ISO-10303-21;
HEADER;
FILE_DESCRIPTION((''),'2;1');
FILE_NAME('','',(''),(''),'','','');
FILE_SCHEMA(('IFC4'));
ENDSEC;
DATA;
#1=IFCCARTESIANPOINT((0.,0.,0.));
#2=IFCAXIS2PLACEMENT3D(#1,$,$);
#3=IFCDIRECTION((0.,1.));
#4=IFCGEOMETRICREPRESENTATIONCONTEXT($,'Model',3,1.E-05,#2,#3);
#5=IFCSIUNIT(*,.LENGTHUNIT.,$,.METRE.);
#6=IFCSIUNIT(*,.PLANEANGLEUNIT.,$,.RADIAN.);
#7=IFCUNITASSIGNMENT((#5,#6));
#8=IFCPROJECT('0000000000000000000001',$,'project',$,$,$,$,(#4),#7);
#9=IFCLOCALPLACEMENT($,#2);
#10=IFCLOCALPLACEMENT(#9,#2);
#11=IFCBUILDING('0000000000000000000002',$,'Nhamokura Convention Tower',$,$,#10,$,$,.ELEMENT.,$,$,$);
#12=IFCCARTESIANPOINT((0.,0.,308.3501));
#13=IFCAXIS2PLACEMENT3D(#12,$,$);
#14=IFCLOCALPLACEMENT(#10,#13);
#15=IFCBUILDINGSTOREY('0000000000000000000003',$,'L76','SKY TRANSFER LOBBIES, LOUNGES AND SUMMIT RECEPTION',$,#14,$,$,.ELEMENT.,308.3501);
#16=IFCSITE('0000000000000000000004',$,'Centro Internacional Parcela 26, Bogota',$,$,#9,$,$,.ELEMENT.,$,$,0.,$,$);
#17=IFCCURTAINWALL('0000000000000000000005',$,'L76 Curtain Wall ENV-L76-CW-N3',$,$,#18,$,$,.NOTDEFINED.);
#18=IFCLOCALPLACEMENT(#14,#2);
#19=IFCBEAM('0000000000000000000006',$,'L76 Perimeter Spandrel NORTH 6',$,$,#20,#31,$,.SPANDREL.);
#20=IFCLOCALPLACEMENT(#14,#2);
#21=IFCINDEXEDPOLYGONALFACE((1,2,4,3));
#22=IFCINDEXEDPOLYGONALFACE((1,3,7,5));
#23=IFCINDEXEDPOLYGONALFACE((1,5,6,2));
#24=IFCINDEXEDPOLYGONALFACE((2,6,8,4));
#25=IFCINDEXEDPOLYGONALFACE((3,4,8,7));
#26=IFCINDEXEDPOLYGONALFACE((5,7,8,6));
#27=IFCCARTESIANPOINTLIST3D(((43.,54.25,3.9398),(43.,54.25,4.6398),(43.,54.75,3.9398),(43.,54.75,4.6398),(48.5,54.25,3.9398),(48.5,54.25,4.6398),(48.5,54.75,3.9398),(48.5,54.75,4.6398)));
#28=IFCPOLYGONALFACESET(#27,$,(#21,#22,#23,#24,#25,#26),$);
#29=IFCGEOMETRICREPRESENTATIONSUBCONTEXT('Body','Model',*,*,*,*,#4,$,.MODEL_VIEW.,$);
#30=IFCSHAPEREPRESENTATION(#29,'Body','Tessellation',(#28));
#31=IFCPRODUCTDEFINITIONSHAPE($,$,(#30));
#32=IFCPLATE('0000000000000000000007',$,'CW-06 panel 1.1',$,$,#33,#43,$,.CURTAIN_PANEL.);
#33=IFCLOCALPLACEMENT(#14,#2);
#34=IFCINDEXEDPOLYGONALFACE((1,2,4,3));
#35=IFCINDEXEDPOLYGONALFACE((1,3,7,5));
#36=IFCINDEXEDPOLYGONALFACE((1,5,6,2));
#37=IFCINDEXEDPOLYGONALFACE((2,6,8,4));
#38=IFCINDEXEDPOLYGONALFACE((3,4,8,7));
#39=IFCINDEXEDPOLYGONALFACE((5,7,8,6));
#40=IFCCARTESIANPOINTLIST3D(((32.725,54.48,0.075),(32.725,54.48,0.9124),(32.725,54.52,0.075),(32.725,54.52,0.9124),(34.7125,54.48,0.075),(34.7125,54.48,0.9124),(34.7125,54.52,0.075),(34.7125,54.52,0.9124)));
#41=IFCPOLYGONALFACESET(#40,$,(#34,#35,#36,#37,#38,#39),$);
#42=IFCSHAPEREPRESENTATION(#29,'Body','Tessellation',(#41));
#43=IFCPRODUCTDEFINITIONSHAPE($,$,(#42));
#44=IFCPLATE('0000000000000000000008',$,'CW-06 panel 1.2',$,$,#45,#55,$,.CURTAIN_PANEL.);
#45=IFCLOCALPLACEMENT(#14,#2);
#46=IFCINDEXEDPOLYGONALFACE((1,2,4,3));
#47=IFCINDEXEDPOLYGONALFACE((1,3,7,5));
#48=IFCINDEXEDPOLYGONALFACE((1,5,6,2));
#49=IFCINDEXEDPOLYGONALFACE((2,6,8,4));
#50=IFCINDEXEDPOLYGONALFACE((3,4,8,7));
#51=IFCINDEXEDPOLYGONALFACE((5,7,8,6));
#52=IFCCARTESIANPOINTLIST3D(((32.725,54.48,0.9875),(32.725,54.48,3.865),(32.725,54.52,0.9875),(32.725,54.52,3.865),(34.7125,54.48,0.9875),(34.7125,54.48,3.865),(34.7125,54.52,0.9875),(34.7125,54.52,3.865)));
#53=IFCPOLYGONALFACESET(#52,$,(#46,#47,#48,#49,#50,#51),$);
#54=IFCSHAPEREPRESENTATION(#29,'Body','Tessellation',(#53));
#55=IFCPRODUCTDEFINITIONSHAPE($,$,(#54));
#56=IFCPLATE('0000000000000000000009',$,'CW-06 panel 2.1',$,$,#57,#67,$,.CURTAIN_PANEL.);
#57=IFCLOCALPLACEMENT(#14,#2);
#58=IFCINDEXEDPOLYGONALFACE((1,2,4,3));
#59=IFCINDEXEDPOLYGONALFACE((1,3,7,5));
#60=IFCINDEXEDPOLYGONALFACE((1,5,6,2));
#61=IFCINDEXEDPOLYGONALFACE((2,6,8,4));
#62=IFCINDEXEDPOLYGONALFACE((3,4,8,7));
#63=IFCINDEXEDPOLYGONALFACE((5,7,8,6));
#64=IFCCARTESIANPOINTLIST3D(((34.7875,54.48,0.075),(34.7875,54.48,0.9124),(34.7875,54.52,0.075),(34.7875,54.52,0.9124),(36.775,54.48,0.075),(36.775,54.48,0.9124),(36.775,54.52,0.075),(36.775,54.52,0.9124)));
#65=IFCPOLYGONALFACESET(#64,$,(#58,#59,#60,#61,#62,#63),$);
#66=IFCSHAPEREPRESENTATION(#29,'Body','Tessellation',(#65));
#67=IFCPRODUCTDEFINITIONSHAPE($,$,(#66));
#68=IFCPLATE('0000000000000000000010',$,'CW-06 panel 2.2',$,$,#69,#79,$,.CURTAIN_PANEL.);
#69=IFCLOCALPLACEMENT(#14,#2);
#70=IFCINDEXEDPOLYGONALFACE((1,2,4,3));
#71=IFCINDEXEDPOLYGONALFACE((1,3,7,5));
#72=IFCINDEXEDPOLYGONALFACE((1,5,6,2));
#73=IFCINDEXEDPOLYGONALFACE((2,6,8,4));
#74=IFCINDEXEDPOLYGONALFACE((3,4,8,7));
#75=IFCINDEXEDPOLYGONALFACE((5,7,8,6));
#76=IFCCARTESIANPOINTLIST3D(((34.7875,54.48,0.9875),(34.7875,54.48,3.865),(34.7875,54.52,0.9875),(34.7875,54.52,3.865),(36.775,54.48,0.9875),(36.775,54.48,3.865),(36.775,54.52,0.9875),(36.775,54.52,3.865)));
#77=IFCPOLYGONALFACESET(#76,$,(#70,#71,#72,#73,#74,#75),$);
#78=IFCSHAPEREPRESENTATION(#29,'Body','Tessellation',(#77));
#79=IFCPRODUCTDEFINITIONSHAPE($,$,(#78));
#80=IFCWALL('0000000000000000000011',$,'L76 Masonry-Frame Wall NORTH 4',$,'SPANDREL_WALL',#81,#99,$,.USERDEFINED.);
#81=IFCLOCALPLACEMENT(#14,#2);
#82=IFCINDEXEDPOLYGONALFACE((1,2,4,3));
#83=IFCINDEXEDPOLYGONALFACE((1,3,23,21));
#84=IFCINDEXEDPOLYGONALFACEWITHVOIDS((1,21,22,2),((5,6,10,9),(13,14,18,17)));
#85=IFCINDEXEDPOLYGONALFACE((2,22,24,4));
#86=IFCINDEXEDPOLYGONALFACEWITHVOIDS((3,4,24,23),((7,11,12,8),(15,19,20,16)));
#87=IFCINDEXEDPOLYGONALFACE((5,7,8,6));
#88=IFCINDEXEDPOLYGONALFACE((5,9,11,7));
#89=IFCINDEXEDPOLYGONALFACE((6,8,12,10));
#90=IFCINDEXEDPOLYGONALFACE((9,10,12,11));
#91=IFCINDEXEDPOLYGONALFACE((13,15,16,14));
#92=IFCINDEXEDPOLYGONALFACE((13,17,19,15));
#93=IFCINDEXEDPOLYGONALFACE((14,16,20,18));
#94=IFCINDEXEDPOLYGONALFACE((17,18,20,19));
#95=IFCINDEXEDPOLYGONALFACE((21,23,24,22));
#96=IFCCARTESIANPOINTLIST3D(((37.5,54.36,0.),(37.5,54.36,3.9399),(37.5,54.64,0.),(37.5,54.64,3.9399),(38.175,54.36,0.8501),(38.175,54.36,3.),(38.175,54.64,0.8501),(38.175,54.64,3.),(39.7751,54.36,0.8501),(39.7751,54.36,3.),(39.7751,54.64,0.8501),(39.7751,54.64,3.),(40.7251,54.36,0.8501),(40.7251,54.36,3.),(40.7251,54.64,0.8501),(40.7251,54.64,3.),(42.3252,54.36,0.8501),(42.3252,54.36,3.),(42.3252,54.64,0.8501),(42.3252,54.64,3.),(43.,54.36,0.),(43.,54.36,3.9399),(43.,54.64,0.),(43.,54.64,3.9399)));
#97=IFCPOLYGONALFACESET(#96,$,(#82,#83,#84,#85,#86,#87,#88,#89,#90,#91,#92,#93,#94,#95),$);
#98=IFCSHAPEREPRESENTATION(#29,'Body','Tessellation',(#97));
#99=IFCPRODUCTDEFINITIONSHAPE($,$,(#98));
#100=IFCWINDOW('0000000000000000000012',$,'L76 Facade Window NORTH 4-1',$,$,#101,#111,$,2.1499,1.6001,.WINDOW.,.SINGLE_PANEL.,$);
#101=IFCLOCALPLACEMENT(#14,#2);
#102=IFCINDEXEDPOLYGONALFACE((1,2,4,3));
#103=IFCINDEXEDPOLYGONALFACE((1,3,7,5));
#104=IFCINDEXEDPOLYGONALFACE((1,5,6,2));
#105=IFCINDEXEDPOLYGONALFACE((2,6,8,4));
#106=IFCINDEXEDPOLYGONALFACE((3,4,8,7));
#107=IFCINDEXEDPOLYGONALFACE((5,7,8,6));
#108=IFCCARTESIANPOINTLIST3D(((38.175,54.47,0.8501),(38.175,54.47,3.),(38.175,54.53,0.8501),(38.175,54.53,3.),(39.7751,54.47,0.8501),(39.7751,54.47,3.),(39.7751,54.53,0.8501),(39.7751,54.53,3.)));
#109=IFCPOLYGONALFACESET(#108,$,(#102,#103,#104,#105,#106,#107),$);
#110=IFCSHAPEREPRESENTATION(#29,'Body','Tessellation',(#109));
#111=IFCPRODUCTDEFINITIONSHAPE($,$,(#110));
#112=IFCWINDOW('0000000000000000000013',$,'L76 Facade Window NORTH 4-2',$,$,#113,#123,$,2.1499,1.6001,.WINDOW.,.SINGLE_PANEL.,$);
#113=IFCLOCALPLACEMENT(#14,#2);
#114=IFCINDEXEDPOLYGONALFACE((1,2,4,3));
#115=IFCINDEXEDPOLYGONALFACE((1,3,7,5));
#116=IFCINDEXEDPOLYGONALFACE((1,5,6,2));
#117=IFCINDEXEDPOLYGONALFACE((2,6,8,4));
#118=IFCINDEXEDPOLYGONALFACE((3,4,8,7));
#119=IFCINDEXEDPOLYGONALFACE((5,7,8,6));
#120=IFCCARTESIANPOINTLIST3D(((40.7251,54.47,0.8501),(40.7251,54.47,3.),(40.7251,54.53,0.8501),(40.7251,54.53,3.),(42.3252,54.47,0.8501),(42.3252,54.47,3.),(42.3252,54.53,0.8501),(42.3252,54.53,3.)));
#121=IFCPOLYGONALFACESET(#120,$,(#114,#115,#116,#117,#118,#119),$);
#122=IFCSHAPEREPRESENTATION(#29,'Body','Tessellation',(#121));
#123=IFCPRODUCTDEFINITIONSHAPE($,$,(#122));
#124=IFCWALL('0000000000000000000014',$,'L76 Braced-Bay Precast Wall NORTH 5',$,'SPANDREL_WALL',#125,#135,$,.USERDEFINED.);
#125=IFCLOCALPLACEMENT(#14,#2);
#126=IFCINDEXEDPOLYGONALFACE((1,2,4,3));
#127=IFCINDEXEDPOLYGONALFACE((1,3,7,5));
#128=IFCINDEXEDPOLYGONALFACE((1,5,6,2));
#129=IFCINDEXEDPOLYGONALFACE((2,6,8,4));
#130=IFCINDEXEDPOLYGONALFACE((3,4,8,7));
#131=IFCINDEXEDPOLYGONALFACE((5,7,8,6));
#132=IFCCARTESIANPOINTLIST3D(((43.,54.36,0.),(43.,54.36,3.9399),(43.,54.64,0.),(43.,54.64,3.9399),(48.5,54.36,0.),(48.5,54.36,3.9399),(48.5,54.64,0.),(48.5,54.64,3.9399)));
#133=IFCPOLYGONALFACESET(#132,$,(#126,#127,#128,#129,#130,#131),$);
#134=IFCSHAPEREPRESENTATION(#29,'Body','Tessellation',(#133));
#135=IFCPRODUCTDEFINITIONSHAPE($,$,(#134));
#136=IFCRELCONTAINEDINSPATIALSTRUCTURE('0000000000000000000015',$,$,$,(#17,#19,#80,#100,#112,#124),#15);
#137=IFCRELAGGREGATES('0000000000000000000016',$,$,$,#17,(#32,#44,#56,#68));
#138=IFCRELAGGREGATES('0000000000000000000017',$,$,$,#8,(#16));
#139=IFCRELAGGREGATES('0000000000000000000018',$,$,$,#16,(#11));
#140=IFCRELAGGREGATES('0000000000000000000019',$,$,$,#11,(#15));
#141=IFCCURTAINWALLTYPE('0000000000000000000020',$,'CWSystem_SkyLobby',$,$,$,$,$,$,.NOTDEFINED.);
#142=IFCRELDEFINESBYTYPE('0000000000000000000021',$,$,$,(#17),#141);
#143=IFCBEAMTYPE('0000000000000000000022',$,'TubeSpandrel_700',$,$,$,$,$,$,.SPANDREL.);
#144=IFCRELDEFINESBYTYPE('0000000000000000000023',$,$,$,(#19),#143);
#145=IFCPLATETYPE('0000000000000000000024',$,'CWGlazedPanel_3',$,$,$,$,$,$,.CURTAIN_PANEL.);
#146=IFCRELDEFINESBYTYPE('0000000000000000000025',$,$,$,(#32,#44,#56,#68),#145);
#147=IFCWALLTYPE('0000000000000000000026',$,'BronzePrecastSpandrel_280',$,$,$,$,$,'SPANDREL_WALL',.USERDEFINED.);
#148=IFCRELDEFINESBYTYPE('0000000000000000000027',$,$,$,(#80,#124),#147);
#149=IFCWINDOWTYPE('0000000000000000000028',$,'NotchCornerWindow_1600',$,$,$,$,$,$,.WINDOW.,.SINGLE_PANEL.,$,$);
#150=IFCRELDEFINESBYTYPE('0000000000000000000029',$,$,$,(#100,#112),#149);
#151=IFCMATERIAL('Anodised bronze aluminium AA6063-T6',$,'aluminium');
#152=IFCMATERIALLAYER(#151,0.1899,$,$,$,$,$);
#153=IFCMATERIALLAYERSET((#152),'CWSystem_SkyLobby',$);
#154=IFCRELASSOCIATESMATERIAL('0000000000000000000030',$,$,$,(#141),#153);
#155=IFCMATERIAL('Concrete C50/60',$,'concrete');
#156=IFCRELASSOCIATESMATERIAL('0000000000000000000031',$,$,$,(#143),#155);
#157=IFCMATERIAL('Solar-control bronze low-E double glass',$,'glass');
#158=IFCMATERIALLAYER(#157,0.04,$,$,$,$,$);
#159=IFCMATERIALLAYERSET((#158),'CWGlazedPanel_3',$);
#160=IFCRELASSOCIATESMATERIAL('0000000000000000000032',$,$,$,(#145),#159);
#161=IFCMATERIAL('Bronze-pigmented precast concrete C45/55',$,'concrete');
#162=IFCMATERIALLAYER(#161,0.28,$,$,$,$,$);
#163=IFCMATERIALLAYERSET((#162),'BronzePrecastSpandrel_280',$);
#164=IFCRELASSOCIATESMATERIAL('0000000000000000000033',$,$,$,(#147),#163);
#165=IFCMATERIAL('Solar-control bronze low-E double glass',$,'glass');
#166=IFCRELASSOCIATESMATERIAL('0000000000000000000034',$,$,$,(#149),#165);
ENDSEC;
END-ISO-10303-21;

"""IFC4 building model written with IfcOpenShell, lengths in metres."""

from ifc_helpers import new_model, si_unit, direction, frame, frame_2d, origin, origin_2d, place, context, subcontext, project, spatial, rectangle, extrude, material, layer, layer_set, material_profile, profile_set, type_object, element, fill, aggregate, save


model = new_model("IFC4")

# Units and contexts
model_context = context("Model", 3, precision=1e-05, world=origin(), true_north=direction((0.0, 1.0)))
body_context = subcontext(model_context, "Body", "Model", "MODEL_VIEW")
ifc_project = project(units=[si_unit("LENGTHUNIT", "METRE"), si_unit("PLANEANGLEUNIT", "RADIAN")], contexts=[model_context])

# Site, building, storey
site_placement = place(None, origin())
site = spatial("IfcSite", under=ifc_project, at=site_placement, Name="Centro Internacional Parcela 26, Bogota", CompositionType="ELEMENT", RefElevation=0.0)
building_placement = place(site_placement, origin())
building = spatial("IfcBuilding", under=site, at=building_placement, Name="Nhamokura Convention Tower", CompositionType="ELEMENT")
storey_placement = place(building_placement, frame((0.0, 0.0, 308.3501)))
storey = spatial("IfcBuildingStorey", under=building, at=storey_placement, Name="L76", Description="SKY TRANSFER LOBBIES, LOUNGES AND SUMMIT RECEPTION", CompositionType="ELEMENT", Elevation=308.3501)

# Curtain wall
ifc_material_1 = material(Name="Anodised bronze aluminium AA6063-T6", Category="aluminium")
ifc_layer_1 = layer(ifc_material_1, 0.1899)
ifc_layer_set_1 = layer_set([ifc_layer_1], Name="CWSystem_SkyLobby")
curtain_wall_type = type_object("IfcCurtainWallType", Name="CWSystem_SkyLobby", PredefinedType="NOTDEFINED", material=ifc_layer_set_1)
curtain_wall_placement = place(storey_placement, origin())
curtain_wall = element("IfcCurtainWall", 1, at=curtain_wall_placement, inside=storey, type_object=curtain_wall_type, Name="L76 Curtain Wall ENV-L76-CW-N3", PredefinedType="NOTDEFINED")

# Beam
ifc_material_2 = material(Name="Concrete C50/60", Category="concrete")
ifc_material_profile_1 = material_profile(ifc_material_2, rectangle(XDim=0.5, YDim=0.7, at=origin_2d()))
ifc_profile_set_1 = profile_set([ifc_material_profile_1], Name="Concrete C50/60")
beam_type = type_object("IfcBeamType", Name="TubeSpandrel_700", PredefinedType="SPANDREL", material=ifc_profile_set_1)
for number, where, z_axis, x_axis, name in (
    (2, (43.0, 54.5, 4.2898), (1.0, 0.0, 0.0), (0.0, 1.0, 0.0), "L76 Perimeter Spandrel NORTH 6"),
):
    element("IfcBeam", number, at=place(storey_placement, frame(where, z_axis=z_axis, x_axis=x_axis)), inside=storey, type_object=beam_type, Name=name, PredefinedType="SPANDREL", context=body_context, shape_type="SweptSolid", body=[
        extrude(rectangle(XDim=0.5, YDim=0.7, at=origin_2d()), origin(), (0.0, 0.0, 1.0), 5.5),
    ])

# Plates
ifc_material_3 = material(Name="Solar-control bronze low-E double glass", Category="glass")
ifc_layer_2 = layer(ifc_material_3, 0.04)
ifc_layer_set_2 = layer_set([ifc_layer_2], Name="CWGlazedPanel_3")
plate_type = type_object("IfcPlateType", Name="CWGlazedPanel_3", PredefinedType="CURTAIN_PANEL", material=ifc_layer_set_2)
plate_1_placement = place(storey_placement, frame((33.7188, 54.5, 0.075), z_axis=(0.0, 0.0, 1.0), x_axis=(1.0, 0.0, 0.0)))
plate_1 = element("IfcPlate", 3, at=plate_1_placement, type_object=plate_type, Name="CW-06 panel 1.1", PredefinedType="CURTAIN_PANEL", context=body_context, shape_type="SweptSolid", body=[
    extrude(rectangle(XDim=1.9875, YDim=0.04, at=origin_2d()), origin(), (0.0, 0.0, 1.0), 0.8374),
])
plate_2_placement = place(storey_placement, frame((33.7188, 54.5, 0.9875), z_axis=(0.0, 0.0, 1.0), x_axis=(1.0, 0.0, 0.0)))
plate_2 = element("IfcPlate", 4, at=plate_2_placement, type_object=plate_type, Name="CW-06 panel 1.2", PredefinedType="CURTAIN_PANEL", context=body_context, shape_type="SweptSolid", body=[
    extrude(rectangle(XDim=1.9875, YDim=0.04, at=origin_2d()), origin(), (0.0, 0.0, 1.0), 2.8774),
])
plate_3_placement = place(storey_placement, frame((35.7812, 54.5, 0.075), z_axis=(0.0, 0.0, 1.0), x_axis=(1.0, 0.0, 0.0)))
plate_3 = element("IfcPlate", 5, at=plate_3_placement, type_object=plate_type, Name="CW-06 panel 2.1", PredefinedType="CURTAIN_PANEL", context=body_context, shape_type="SweptSolid", body=[
    extrude(rectangle(XDim=1.9875, YDim=0.04, at=origin_2d()), origin(), (0.0, 0.0, 1.0), 0.8374),
])
plate_4_placement = place(storey_placement, frame((35.7812, 54.5, 0.9875), z_axis=(0.0, 0.0, 1.0), x_axis=(1.0, 0.0, 0.0)))
plate_4 = element("IfcPlate", 6, at=plate_4_placement, type_object=plate_type, Name="CW-06 panel 2.2", PredefinedType="CURTAIN_PANEL", context=body_context, shape_type="SweptSolid", body=[
    extrude(rectangle(XDim=1.9875, YDim=0.04, at=origin_2d()), origin(), (0.0, 0.0, 1.0), 2.8774),
])
aggregate(curtain_wall, [plate_1, plate_2, plate_3, plate_4])

# Wall, openings, windows
ifc_material_4 = material(Name="Bronze-pigmented precast concrete C45/55", Category="concrete")
ifc_layer_3 = layer(ifc_material_4, 0.28)
ifc_layer_set_3 = layer_set([ifc_layer_3], Name="BronzePrecastSpandrel_280")
wall_type = type_object("IfcWallType", Name="BronzePrecastSpandrel_280", ElementType="SPANDREL_WALL", PredefinedType="USERDEFINED", material=ifc_layer_set_3)
wall_1_placement = place(storey_placement, frame((37.5, 54.5, 0.0), z_axis=(0.0, 0.0, 1.0), x_axis=(1.0, 0.0, 0.0)))
wall_1 = element("IfcWall", 7, at=wall_1_placement, inside=storey, type_object=wall_type, Name="L76 Masonry-Frame Wall NORTH 4", ObjectType="SPANDREL_WALL", PredefinedType="USERDEFINED", context=body_context, shape_type="SweptSolid", body=[
    extrude(rectangle(XDim=5.5, YDim=0.28, at=frame_2d((2.75, 0.0))), origin(), (0.0, 0.0, 1.0), 3.9399),
])
opening_1_placement = place(wall_1_placement, frame((0.675, 0.0, 0.8501)))
opening_1 = element("IfcOpeningElement", 8, at=opening_1_placement, cuts=wall_1, PredefinedType="OPENING", context=body_context, shape_type="SweptSolid", body=[
    extrude(rectangle(XDim=1.6001, YDim=2.1499, at=frame_2d((0.8, 1.075))), frame((0.0, 0.1499, 0.0), z_axis=(0.0, -1.0, 0.0), x_axis=(1.0, 0.0, 0.0)), (0.0, 0.0, 1.0), 0.3),
])
opening_2_placement = place(wall_1_placement, frame((3.2251, 0.0, 0.8501)))
opening_2 = element("IfcOpeningElement", 9, at=opening_2_placement, cuts=wall_1, PredefinedType="OPENING", context=body_context, shape_type="SweptSolid", body=[
    extrude(rectangle(XDim=1.6001, YDim=2.1499, at=frame_2d((0.8, 1.075))), frame((0.0, 0.1499, 0.0), z_axis=(0.0, -1.0, 0.0), x_axis=(1.0, 0.0, 0.0)), (0.0, 0.0, 1.0), 0.3),
])
ifc_material_5 = material(Name="Solar-control bronze low-E double glass", Category="glass")
window_type = type_object("IfcWindowType", Name="NotchCornerWindow_1600", PartitioningType="SINGLE_PANEL", PredefinedType="WINDOW", material=ifc_material_5)
window_1_placement = place(opening_1_placement, origin())
window_1 = element("IfcWindow", 10, at=window_1_placement, inside=storey, type_object=window_type, Name="L76 Facade Window NORTH 4-1", OverallHeight=2.1499, OverallWidth=1.6001, PartitioningType="SINGLE_PANEL", PredefinedType="WINDOW", context=body_context, shape_type="SweptSolid", body=[
    extrude(rectangle(XDim=1.6001, YDim=2.1499, at=frame_2d((0.8, 1.075))), frame((0.0, 0.03, 0.0), z_axis=(0.0, -1.0, 0.0), x_axis=(1.0, 0.0, 0.0)), (0.0, 0.0, 1.0), 0.0601),
])
fill(opening_1, window_1)
window_2_placement = place(opening_2_placement, origin())
window_2 = element("IfcWindow", 11, at=window_2_placement, inside=storey, type_object=window_type, Name="L76 Facade Window NORTH 4-2", OverallHeight=2.1499, OverallWidth=1.6001, PartitioningType="SINGLE_PANEL", PredefinedType="WINDOW", context=body_context, shape_type="SweptSolid", body=[
    extrude(rectangle(XDim=1.6001, YDim=2.1499, at=frame_2d((0.8, 1.075))), frame((0.0, 0.03, 0.0), z_axis=(0.0, -1.0, 0.0), x_axis=(1.0, 0.0, 0.0)), (0.0, 0.0, 1.0), 0.0601),
])
fill(opening_2, window_2)

# Wall
wall_2_placement = place(storey_placement, frame((43.0, 54.5, 0.0), z_axis=(0.0, 0.0, 1.0), x_axis=(1.0, 0.0, 0.0)))
element("IfcWall", 12, at=wall_2_placement, inside=storey, type_object=wall_type, Name="L76 Braced-Bay Precast Wall NORTH 5", ObjectType="SPANDREL_WALL", PredefinedType="USERDEFINED", context=body_context, shape_type="SweptSolid", body=[
    extrude(rectangle(XDim=5.5, YDim=0.28, at=frame_2d((2.75, 0.0))), origin(), (0.0, 0.0, 1.0), 3.9399),
])

save(model, "model.ifc")
